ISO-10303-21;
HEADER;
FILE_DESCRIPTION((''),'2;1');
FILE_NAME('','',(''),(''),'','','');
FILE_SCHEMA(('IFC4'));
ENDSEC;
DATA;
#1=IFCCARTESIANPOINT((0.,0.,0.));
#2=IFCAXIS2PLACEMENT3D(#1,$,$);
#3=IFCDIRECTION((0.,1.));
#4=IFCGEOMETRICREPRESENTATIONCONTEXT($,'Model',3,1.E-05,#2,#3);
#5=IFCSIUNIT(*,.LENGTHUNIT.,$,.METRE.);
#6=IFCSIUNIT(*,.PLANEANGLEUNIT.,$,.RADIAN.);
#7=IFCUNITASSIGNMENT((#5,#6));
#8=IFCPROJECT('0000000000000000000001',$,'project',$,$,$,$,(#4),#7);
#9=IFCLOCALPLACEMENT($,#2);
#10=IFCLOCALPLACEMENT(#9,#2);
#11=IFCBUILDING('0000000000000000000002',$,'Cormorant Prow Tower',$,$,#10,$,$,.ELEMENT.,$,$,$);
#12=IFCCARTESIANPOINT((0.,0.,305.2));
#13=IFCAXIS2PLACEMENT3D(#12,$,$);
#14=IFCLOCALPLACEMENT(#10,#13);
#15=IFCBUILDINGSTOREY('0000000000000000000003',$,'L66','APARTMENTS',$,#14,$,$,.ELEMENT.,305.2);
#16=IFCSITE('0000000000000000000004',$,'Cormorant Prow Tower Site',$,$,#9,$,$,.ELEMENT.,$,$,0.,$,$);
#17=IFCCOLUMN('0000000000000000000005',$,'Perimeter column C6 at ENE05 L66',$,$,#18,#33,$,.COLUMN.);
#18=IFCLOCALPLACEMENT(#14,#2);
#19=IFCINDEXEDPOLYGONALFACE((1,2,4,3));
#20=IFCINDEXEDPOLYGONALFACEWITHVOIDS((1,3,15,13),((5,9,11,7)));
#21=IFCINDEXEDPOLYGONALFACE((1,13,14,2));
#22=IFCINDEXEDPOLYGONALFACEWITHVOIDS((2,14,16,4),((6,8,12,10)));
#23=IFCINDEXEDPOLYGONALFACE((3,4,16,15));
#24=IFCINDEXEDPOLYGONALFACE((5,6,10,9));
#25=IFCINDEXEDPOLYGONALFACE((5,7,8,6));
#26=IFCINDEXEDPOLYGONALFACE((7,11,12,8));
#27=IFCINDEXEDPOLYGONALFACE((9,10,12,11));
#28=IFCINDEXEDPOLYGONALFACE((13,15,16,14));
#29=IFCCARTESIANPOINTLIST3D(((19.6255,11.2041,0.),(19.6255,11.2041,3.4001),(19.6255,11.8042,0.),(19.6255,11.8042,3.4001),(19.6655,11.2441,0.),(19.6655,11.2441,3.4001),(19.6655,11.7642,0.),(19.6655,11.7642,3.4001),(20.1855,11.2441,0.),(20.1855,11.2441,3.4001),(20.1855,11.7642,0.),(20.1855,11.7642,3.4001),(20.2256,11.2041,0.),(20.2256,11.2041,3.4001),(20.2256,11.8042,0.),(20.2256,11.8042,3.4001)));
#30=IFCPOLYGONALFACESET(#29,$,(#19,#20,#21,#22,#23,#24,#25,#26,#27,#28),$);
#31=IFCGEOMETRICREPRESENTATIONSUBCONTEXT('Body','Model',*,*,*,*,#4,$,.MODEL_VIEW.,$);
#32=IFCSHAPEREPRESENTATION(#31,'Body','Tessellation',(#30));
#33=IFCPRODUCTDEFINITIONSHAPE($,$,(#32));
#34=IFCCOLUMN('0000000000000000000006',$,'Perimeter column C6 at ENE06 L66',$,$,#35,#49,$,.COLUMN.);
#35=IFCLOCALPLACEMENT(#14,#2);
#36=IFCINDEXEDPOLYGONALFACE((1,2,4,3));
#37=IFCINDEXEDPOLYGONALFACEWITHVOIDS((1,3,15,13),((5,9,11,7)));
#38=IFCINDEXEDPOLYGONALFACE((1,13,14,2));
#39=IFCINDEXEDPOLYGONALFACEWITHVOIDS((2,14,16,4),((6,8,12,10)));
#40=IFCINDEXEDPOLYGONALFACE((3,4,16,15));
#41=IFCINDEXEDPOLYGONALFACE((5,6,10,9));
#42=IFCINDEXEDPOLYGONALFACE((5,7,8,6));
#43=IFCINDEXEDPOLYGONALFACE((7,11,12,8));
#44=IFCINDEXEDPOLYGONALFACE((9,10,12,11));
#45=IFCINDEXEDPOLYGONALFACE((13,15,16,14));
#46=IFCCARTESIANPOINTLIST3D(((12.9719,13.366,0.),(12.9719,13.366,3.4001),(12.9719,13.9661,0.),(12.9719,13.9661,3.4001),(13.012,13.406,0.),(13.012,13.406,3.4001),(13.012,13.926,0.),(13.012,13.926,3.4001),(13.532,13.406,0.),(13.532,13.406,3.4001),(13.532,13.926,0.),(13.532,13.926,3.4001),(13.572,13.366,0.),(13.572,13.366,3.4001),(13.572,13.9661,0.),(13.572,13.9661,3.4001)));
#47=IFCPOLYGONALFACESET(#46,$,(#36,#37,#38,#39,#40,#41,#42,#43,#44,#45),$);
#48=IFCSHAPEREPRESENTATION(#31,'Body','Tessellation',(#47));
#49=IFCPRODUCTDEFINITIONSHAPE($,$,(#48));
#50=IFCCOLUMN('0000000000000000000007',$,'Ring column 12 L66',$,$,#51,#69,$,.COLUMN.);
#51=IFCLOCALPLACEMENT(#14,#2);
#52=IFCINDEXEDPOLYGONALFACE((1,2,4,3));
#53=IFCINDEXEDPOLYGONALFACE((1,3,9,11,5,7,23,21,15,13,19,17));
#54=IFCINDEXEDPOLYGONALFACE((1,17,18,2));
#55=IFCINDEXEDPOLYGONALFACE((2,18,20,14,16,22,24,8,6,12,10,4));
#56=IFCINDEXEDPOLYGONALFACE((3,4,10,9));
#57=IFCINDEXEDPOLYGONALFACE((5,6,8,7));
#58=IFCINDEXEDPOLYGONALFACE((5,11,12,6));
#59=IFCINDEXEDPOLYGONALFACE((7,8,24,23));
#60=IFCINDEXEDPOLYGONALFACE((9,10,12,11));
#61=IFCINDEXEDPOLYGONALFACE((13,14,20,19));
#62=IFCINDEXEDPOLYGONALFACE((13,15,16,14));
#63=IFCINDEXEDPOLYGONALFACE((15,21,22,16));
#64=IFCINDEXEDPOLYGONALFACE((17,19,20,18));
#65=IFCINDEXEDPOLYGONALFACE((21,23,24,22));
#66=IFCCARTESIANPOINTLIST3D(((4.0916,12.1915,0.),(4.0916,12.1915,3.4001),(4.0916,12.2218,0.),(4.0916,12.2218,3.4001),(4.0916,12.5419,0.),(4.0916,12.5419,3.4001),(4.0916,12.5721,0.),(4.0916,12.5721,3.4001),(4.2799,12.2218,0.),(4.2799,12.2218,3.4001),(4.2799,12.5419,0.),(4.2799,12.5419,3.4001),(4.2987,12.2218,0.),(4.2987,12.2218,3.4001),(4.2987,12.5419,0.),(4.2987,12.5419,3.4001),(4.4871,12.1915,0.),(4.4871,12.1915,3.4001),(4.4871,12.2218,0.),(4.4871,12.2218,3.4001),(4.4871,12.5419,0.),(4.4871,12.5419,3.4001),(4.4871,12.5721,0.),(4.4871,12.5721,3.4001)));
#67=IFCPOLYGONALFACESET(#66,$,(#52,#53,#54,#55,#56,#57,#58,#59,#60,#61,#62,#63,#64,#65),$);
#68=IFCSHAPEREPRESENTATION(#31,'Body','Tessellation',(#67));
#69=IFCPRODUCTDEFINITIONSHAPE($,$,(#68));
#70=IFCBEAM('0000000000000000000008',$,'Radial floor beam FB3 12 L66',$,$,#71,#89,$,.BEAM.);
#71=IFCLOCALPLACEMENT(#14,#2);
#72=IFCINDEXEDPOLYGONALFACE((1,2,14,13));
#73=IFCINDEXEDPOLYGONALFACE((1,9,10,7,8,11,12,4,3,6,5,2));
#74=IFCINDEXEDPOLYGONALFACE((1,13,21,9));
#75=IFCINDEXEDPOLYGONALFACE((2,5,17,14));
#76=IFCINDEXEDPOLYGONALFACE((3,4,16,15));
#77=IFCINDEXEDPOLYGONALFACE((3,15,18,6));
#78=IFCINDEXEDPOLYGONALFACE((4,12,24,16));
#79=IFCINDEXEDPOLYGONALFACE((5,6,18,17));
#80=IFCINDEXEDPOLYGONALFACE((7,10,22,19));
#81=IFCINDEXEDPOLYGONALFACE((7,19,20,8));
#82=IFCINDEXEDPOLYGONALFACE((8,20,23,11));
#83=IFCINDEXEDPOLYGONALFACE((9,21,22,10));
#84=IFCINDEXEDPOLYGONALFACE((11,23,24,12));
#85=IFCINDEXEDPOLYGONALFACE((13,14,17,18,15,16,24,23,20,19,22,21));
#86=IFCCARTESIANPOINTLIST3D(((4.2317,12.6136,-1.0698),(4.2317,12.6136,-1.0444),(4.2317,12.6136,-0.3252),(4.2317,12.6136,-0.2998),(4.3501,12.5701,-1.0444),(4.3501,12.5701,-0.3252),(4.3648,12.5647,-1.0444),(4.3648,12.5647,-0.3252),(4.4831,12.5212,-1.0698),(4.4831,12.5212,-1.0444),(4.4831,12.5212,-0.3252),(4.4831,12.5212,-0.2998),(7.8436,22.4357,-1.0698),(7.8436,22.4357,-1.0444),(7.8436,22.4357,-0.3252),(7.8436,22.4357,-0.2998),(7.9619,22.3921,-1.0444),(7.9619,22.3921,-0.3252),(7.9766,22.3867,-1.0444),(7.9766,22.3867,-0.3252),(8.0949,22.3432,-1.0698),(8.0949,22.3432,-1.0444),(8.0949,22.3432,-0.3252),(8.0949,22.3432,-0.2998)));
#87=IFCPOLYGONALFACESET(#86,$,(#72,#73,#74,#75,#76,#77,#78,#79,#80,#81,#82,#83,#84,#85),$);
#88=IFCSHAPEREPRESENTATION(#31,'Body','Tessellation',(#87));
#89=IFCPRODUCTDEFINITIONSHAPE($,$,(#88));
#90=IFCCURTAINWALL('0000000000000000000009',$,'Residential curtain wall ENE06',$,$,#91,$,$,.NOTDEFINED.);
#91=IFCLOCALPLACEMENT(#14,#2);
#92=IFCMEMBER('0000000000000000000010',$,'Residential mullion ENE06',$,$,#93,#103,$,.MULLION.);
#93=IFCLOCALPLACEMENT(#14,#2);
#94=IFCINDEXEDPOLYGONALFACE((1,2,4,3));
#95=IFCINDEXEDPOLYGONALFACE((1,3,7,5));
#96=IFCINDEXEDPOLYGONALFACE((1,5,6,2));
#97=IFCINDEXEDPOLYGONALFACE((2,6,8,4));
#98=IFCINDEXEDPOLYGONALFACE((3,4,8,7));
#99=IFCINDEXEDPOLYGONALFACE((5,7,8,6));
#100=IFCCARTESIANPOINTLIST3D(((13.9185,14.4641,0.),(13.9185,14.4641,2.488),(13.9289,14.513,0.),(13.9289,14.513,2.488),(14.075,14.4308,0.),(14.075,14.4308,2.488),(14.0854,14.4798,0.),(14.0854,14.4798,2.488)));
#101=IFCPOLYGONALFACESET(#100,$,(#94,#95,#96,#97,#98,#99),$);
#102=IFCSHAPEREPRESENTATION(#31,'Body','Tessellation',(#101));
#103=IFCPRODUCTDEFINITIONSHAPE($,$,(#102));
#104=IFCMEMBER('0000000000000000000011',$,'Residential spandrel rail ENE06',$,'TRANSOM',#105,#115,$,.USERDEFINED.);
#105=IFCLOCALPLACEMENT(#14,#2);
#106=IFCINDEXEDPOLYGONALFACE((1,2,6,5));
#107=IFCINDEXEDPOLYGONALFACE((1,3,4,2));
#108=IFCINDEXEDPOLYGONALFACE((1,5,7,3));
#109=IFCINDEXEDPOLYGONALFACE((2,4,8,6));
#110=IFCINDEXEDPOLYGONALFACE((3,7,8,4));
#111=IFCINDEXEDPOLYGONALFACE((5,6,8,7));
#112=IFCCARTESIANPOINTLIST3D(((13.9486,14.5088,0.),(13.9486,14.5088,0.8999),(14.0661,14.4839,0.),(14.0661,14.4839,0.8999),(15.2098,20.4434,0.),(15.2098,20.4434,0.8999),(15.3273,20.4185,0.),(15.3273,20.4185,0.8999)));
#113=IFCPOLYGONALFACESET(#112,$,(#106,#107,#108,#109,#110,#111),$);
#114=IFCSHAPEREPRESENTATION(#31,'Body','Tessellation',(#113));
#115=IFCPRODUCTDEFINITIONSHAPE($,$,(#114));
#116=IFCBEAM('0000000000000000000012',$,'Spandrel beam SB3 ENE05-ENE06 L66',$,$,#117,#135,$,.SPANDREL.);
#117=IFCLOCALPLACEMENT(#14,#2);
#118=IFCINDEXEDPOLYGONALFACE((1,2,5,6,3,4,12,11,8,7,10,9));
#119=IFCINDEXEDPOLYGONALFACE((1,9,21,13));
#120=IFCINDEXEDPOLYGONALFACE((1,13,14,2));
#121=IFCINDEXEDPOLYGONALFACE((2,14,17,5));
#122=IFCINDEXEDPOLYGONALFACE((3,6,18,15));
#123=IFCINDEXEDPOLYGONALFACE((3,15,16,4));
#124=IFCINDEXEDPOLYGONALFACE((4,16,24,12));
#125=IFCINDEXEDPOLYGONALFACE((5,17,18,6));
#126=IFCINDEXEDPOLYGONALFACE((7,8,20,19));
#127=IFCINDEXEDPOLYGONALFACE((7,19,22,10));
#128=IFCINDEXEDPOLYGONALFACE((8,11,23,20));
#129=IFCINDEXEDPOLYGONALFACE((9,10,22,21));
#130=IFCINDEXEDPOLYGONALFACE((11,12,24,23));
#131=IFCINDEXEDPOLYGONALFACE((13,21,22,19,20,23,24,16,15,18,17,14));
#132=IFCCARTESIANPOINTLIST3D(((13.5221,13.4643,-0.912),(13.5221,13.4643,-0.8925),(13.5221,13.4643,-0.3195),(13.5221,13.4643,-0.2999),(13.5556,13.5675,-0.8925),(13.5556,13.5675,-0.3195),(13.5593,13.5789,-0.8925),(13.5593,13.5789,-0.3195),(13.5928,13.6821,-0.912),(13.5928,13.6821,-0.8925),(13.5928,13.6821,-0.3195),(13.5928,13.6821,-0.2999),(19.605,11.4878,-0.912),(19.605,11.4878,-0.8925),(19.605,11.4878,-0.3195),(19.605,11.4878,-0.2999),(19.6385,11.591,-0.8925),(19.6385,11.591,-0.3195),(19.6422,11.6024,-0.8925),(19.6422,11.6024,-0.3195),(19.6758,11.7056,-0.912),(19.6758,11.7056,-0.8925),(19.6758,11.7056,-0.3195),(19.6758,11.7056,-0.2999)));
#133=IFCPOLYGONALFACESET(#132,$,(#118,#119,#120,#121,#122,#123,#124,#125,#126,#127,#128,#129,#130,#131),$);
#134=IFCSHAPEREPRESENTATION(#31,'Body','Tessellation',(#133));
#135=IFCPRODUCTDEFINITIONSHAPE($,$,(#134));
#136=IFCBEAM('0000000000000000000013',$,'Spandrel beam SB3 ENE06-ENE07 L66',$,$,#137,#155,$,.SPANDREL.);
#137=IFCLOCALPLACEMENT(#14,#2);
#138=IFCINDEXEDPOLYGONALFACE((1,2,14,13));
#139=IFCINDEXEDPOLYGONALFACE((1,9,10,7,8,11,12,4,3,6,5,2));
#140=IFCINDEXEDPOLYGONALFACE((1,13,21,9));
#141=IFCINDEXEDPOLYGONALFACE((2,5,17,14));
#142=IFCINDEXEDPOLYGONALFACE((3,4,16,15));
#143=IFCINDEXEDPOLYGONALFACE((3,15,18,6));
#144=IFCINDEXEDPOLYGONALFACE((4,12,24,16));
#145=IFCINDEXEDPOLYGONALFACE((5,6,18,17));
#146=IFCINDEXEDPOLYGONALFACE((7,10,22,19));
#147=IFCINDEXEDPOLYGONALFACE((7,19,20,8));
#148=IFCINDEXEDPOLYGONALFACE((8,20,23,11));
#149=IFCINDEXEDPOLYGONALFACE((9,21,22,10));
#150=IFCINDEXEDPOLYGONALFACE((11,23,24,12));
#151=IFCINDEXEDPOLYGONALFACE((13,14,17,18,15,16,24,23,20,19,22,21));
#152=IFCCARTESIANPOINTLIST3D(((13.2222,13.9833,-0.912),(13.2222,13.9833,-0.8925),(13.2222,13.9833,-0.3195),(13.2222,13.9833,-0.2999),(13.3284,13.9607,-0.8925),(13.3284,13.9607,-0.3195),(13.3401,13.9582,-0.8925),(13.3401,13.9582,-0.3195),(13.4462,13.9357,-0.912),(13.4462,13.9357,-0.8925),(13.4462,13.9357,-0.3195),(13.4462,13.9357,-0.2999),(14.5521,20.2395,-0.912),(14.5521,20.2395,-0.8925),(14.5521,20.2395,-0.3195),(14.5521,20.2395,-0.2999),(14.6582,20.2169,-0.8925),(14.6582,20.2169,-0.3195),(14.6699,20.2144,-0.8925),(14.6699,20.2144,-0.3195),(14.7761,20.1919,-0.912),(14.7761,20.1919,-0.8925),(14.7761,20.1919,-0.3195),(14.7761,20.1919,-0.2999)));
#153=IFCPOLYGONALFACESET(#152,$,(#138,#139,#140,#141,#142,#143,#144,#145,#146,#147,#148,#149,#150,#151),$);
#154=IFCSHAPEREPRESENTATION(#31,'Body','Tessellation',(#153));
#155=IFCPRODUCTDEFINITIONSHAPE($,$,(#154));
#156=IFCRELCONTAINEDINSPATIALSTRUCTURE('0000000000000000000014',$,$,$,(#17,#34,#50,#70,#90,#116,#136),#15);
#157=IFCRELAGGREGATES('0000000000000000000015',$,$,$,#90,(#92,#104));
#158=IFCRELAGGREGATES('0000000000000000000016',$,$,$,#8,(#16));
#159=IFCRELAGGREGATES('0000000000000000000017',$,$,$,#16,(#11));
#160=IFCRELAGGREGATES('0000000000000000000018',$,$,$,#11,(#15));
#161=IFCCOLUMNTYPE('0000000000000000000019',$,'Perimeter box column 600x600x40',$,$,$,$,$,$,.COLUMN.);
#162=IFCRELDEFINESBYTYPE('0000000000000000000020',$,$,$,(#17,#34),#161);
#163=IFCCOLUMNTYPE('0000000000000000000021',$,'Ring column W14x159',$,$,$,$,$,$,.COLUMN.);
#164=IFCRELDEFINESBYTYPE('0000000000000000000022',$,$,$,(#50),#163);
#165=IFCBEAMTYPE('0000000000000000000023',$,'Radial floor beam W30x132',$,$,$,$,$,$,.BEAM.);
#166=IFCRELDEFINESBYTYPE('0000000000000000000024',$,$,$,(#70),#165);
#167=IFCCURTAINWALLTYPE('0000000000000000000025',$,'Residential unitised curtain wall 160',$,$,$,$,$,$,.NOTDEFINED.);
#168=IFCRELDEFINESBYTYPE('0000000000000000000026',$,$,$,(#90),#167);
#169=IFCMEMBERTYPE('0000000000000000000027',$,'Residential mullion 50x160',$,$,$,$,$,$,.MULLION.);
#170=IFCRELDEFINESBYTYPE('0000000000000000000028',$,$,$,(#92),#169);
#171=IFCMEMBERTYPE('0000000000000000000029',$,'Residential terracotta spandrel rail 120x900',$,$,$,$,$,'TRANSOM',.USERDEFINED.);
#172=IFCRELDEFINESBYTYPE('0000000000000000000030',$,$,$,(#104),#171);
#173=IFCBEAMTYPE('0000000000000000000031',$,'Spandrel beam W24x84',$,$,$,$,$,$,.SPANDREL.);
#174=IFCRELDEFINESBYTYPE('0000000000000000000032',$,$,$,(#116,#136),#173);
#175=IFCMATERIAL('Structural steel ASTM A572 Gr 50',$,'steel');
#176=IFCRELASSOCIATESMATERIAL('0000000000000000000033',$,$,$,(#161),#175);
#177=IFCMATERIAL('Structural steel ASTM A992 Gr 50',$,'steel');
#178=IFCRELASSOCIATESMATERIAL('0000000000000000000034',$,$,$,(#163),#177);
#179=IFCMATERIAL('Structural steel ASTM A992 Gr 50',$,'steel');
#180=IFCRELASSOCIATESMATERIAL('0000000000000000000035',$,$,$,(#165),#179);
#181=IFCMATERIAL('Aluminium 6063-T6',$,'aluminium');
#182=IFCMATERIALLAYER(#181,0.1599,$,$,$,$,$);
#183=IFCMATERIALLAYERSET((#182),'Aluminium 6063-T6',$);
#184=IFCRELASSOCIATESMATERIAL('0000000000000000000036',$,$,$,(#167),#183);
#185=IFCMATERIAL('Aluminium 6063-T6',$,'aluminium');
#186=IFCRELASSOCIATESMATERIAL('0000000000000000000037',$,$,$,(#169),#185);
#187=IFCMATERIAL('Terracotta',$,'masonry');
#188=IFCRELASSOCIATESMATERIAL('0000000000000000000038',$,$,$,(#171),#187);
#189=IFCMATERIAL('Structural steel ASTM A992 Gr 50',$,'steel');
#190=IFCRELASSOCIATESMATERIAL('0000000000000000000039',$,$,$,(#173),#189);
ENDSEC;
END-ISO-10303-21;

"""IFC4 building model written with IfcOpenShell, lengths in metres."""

from ifc_helpers import new_model, si_unit, direction, frame, origin, origin_2d, place, context, subcontext, project, spatial, rectangle, hollow_rectangle, i_section, extrude, material, layer, layer_set, material_profile, profile_set, type_object, element, aggregate, save


model = new_model("IFC4")

# Units and contexts
model_context = context("Model", 3, precision=1e-05, world=origin(), true_north=direction((0.0, 1.0)))
body_context = subcontext(model_context, "Body", "Model", "MODEL_VIEW")
ifc_project = project(units=[si_unit("LENGTHUNIT", "METRE"), si_unit("PLANEANGLEUNIT", "RADIAN")], contexts=[model_context])

# Site, building, storey
site_placement = place(None, origin())
site = spatial("IfcSite", under=ifc_project, at=site_placement, Name="Cormorant Prow Tower Site", CompositionType="ELEMENT", RefElevation=0.0)
building_placement = place(site_placement, origin())
building = spatial("IfcBuilding", under=site, at=building_placement, Name="Cormorant Prow Tower", CompositionType="ELEMENT")
storey_placement = place(building_placement, frame((0.0, 0.0, 305.2)))
storey = spatial("IfcBuildingStorey", under=building, at=storey_placement, Name="L66", Description="APARTMENTS", CompositionType="ELEMENT", Elevation=305.2)

# Columns
ifc_material_1 = material(Name="Structural steel ASTM A572 Gr 50", Category="steel")
ifc_material_profile_1 = material_profile(ifc_material_1, hollow_rectangle(XDim=0.6001, YDim=0.6001, WallThickness=0.04, at=origin_2d()), Name="Box 600x600x40")
ifc_profile_set_1 = profile_set([ifc_material_profile_1], Name="Structural steel ASTM A572 Gr 50")
column_type_1 = type_object("IfcColumnType", Name="Perimeter box column 600x600x40", PredefinedType="COLUMN", material=ifc_profile_set_1)
for number, where, z_axis, x_axis, name in (
    (1, (19.9255, 11.5042, 0.0), (0.0, 0.0, 1.0), (1.0, 0.0, 0.0), "Perimeter column C6 at ENE05 L66"),
    (2, (13.272, 13.666, 0.0), (0.0, 0.0, 1.0), (1.0, 0.0, 0.0), "Perimeter column C6 at ENE06 L66"),
):
    element("IfcColumn", number, at=place(storey_placement, frame(where, z_axis=z_axis, x_axis=x_axis)), inside=storey, type_object=column_type_1, Name=name, PredefinedType="COLUMN", context=body_context, shape_type="SweptSolid", body=[
        extrude(hollow_rectangle(XDim=0.6001, YDim=0.6001, WallThickness=0.04, at=origin_2d()), origin(), (0.0, 0.0, 1.0), 3.4001),
    ])
ifc_material_2 = material(Name="Structural steel ASTM A992 Gr 50", Category="steel")
ifc_material_profile_2 = material_profile(ifc_material_2, i_section(OverallWidth=0.3955, OverallDepth=0.3806, WebThickness=0.0188, FlangeThickness=0.0303, at=origin_2d()), Name="W14x159")
ifc_profile_set_2 = profile_set([ifc_material_profile_2], Name="Structural steel ASTM A992 Gr 50")
column_type_2 = type_object("IfcColumnType", Name="Ring column W14x159", PredefinedType="COLUMN", material=ifc_profile_set_2)
column_placement = place(storey_placement, frame((4.2893, 12.3818, 0.0), z_axis=(0.0, 0.0, 1.0), x_axis=(1.0, 0.0, 0.0)))
element("IfcColumn", 3, at=column_placement, inside=storey, type_object=column_type_2, Name="Ring column 12 L66", PredefinedType="COLUMN", context=body_context, shape_type="SweptSolid", body=[
    extrude(i_section(OverallWidth=0.3955, OverallDepth=0.3806, WebThickness=0.0188, FlangeThickness=0.0303, at=origin_2d()), origin(), (0.0, 0.0, 1.0), 3.4001),
])

# Beam
ifc_material_3 = material(Name="Structural steel ASTM A992 Gr 50", Category="steel")
ifc_material_profile_3 = material_profile(ifc_material_3, i_section(OverallWidth=0.2678, OverallDepth=0.77, WebThickness=0.0156, FlangeThickness=0.0254, at=origin_2d()), Name="W30x132")
ifc_profile_set_3 = profile_set([ifc_material_profile_3], Name="Structural steel ASTM A992 Gr 50")
beam_type_1 = type_object("IfcBeamType", Name="Radial floor beam W30x132", PredefinedType="BEAM", material=ifc_profile_set_3)
beam_placement = place(storey_placement, frame((4.3574, 12.5674, -0.6848), z_axis=(0.345131, 0.938554, 0.0), x_axis=(-0.938554, 0.345131, 0.0)))
element("IfcBeam", 4, at=beam_placement, inside=storey, type_object=beam_type_1, Name="Radial floor beam FB3 12 L66", PredefinedType="BEAM", context=body_context, shape_type="SweptSolid", body=[
    extrude(i_section(OverallWidth=0.2678, OverallDepth=0.77, WebThickness=0.0156, FlangeThickness=0.0254, at=origin_2d()), origin(), (0.0, 0.0, 1.0), 10.4651),
])

# Curtain wall, members
ifc_material_4 = material(Name="Aluminium 6063-T6", Category="aluminium")
ifc_layer_1 = layer(ifc_material_4, 0.1599)
ifc_layer_set_1 = layer_set([ifc_layer_1], Name="Aluminium 6063-T6")
curtain_wall_type = type_object("IfcCurtainWallType", Name="Residential unitised curtain wall 160", PredefinedType="NOTDEFINED", material=ifc_layer_set_1)
curtain_wall_placement = place(storey_placement, origin())
curtain_wall = element("IfcCurtainWall", 5, at=curtain_wall_placement, inside=storey, type_object=curtain_wall_type, Name="Residential curtain wall ENE06", PredefinedType="NOTDEFINED")
ifc_material_5 = material(Name="Aluminium 6063-T6", Category="aluminium")
ifc_material_profile_4 = material_profile(ifc_material_5, rectangle(XDim=0.1599, YDim=0.05, at=origin_2d()), Name="Residential mullion 50x160")
ifc_profile_set_4 = profile_set([ifc_material_profile_4], Name="Aluminium 6063-T6")
member_type_1 = type_object("IfcMemberType", Name="Residential mullion 50x160", PredefinedType="MULLION", material=ifc_profile_set_4)
member_1_placement = place(storey_placement, frame((14.002, 14.4719, 0.0), z_axis=(0.0, 0.0, 1.0), x_axis=(-0.978148, 0.207912, 0.0)))
member_1 = element("IfcMember", 6, at=member_1_placement, type_object=member_type_1, Name="Residential mullion ENE06", PredefinedType="MULLION", context=body_context, shape_type="SweptSolid", body=[
    extrude(rectangle(XDim=0.1599, YDim=0.05, at=origin_2d()), origin(), (0.0, 0.0, 1.0), 2.488),
])
ifc_material_6 = material(Name="Terracotta", Category="masonry")
ifc_material_profile_5 = material_profile(ifc_material_6, rectangle(XDim=0.1201, YDim=0.8999, at=origin_2d()), Name="Residential terracotta spandrel rail 120x900")
ifc_profile_set_5 = profile_set([ifc_material_profile_5], Name="Terracotta")
member_type_2 = type_object("IfcMemberType", Name="Residential terracotta spandrel rail 120x900", ElementType="TRANSOM", PredefinedType="USERDEFINED", material=ifc_profile_set_5)
member_2_placement = place(storey_placement, frame((14.0073, 14.4963, 0.45), z_axis=(0.20788, 0.978154, 0.0), x_axis=(-0.978154, 0.20788, 0.0)))
member_2 = element("IfcMember", 7, at=member_2_placement, type_object=member_type_2, Name="Residential spandrel rail ENE06", ObjectType="TRANSOM", PredefinedType="USERDEFINED", context=body_context, shape_type="SweptSolid", body=[
    extrude(rectangle(XDim=0.1201, YDim=0.8999, at=origin_2d()), origin(), (0.0, 0.0, 1.0), 6.0671),
])
aggregate(curtain_wall, [member_1, member_2])

# Beams
ifc_material_7 = material(Name="Structural steel ASTM A992 Gr 50", Category="steel")
ifc_material_profile_6 = material_profile(ifc_material_7, i_section(OverallWidth=0.229, OverallDepth=0.6121, WebThickness=0.012, FlangeThickness=0.0195, at=origin_2d()), Name="W24x84")
ifc_profile_set_6 = profile_set([ifc_material_profile_6], Name="Structural steel ASTM A992 Gr 50")
beam_type_2 = type_object("IfcBeamType", Name="Spandrel beam W24x84", PredefinedType="SPANDREL", material=ifc_profile_set_6)
for number, where, z_axis, x_axis, name in (
    (8, (19.6404, 11.5967, -0.606), (-0.951053, 0.309027, 0.0), (-0.309027, -0.951053, 0.0), "Spandrel beam SB3 ENE05-ENE06 L66"),
    (9, (13.3342, 13.9595, -0.606), (0.20792, 0.978146, 0.0), (-0.978146, 0.20792, 0.0), "Spandrel beam SB3 ENE06-ENE07 L66"),
):
    element("IfcBeam", number, at=place(storey_placement, frame(where, z_axis=z_axis, x_axis=x_axis)), inside=storey, type_object=beam_type_2, Name=name, PredefinedType="SPANDREL", context=body_context, shape_type="SweptSolid", body=[
        extrude(i_section(OverallWidth=0.229, OverallDepth=0.6121, WebThickness=0.012, FlangeThickness=0.0195, at=origin_2d()), origin(), (0.0, 0.0, 1.0), 6.396),
    ])

save(model, "model.ifc")
